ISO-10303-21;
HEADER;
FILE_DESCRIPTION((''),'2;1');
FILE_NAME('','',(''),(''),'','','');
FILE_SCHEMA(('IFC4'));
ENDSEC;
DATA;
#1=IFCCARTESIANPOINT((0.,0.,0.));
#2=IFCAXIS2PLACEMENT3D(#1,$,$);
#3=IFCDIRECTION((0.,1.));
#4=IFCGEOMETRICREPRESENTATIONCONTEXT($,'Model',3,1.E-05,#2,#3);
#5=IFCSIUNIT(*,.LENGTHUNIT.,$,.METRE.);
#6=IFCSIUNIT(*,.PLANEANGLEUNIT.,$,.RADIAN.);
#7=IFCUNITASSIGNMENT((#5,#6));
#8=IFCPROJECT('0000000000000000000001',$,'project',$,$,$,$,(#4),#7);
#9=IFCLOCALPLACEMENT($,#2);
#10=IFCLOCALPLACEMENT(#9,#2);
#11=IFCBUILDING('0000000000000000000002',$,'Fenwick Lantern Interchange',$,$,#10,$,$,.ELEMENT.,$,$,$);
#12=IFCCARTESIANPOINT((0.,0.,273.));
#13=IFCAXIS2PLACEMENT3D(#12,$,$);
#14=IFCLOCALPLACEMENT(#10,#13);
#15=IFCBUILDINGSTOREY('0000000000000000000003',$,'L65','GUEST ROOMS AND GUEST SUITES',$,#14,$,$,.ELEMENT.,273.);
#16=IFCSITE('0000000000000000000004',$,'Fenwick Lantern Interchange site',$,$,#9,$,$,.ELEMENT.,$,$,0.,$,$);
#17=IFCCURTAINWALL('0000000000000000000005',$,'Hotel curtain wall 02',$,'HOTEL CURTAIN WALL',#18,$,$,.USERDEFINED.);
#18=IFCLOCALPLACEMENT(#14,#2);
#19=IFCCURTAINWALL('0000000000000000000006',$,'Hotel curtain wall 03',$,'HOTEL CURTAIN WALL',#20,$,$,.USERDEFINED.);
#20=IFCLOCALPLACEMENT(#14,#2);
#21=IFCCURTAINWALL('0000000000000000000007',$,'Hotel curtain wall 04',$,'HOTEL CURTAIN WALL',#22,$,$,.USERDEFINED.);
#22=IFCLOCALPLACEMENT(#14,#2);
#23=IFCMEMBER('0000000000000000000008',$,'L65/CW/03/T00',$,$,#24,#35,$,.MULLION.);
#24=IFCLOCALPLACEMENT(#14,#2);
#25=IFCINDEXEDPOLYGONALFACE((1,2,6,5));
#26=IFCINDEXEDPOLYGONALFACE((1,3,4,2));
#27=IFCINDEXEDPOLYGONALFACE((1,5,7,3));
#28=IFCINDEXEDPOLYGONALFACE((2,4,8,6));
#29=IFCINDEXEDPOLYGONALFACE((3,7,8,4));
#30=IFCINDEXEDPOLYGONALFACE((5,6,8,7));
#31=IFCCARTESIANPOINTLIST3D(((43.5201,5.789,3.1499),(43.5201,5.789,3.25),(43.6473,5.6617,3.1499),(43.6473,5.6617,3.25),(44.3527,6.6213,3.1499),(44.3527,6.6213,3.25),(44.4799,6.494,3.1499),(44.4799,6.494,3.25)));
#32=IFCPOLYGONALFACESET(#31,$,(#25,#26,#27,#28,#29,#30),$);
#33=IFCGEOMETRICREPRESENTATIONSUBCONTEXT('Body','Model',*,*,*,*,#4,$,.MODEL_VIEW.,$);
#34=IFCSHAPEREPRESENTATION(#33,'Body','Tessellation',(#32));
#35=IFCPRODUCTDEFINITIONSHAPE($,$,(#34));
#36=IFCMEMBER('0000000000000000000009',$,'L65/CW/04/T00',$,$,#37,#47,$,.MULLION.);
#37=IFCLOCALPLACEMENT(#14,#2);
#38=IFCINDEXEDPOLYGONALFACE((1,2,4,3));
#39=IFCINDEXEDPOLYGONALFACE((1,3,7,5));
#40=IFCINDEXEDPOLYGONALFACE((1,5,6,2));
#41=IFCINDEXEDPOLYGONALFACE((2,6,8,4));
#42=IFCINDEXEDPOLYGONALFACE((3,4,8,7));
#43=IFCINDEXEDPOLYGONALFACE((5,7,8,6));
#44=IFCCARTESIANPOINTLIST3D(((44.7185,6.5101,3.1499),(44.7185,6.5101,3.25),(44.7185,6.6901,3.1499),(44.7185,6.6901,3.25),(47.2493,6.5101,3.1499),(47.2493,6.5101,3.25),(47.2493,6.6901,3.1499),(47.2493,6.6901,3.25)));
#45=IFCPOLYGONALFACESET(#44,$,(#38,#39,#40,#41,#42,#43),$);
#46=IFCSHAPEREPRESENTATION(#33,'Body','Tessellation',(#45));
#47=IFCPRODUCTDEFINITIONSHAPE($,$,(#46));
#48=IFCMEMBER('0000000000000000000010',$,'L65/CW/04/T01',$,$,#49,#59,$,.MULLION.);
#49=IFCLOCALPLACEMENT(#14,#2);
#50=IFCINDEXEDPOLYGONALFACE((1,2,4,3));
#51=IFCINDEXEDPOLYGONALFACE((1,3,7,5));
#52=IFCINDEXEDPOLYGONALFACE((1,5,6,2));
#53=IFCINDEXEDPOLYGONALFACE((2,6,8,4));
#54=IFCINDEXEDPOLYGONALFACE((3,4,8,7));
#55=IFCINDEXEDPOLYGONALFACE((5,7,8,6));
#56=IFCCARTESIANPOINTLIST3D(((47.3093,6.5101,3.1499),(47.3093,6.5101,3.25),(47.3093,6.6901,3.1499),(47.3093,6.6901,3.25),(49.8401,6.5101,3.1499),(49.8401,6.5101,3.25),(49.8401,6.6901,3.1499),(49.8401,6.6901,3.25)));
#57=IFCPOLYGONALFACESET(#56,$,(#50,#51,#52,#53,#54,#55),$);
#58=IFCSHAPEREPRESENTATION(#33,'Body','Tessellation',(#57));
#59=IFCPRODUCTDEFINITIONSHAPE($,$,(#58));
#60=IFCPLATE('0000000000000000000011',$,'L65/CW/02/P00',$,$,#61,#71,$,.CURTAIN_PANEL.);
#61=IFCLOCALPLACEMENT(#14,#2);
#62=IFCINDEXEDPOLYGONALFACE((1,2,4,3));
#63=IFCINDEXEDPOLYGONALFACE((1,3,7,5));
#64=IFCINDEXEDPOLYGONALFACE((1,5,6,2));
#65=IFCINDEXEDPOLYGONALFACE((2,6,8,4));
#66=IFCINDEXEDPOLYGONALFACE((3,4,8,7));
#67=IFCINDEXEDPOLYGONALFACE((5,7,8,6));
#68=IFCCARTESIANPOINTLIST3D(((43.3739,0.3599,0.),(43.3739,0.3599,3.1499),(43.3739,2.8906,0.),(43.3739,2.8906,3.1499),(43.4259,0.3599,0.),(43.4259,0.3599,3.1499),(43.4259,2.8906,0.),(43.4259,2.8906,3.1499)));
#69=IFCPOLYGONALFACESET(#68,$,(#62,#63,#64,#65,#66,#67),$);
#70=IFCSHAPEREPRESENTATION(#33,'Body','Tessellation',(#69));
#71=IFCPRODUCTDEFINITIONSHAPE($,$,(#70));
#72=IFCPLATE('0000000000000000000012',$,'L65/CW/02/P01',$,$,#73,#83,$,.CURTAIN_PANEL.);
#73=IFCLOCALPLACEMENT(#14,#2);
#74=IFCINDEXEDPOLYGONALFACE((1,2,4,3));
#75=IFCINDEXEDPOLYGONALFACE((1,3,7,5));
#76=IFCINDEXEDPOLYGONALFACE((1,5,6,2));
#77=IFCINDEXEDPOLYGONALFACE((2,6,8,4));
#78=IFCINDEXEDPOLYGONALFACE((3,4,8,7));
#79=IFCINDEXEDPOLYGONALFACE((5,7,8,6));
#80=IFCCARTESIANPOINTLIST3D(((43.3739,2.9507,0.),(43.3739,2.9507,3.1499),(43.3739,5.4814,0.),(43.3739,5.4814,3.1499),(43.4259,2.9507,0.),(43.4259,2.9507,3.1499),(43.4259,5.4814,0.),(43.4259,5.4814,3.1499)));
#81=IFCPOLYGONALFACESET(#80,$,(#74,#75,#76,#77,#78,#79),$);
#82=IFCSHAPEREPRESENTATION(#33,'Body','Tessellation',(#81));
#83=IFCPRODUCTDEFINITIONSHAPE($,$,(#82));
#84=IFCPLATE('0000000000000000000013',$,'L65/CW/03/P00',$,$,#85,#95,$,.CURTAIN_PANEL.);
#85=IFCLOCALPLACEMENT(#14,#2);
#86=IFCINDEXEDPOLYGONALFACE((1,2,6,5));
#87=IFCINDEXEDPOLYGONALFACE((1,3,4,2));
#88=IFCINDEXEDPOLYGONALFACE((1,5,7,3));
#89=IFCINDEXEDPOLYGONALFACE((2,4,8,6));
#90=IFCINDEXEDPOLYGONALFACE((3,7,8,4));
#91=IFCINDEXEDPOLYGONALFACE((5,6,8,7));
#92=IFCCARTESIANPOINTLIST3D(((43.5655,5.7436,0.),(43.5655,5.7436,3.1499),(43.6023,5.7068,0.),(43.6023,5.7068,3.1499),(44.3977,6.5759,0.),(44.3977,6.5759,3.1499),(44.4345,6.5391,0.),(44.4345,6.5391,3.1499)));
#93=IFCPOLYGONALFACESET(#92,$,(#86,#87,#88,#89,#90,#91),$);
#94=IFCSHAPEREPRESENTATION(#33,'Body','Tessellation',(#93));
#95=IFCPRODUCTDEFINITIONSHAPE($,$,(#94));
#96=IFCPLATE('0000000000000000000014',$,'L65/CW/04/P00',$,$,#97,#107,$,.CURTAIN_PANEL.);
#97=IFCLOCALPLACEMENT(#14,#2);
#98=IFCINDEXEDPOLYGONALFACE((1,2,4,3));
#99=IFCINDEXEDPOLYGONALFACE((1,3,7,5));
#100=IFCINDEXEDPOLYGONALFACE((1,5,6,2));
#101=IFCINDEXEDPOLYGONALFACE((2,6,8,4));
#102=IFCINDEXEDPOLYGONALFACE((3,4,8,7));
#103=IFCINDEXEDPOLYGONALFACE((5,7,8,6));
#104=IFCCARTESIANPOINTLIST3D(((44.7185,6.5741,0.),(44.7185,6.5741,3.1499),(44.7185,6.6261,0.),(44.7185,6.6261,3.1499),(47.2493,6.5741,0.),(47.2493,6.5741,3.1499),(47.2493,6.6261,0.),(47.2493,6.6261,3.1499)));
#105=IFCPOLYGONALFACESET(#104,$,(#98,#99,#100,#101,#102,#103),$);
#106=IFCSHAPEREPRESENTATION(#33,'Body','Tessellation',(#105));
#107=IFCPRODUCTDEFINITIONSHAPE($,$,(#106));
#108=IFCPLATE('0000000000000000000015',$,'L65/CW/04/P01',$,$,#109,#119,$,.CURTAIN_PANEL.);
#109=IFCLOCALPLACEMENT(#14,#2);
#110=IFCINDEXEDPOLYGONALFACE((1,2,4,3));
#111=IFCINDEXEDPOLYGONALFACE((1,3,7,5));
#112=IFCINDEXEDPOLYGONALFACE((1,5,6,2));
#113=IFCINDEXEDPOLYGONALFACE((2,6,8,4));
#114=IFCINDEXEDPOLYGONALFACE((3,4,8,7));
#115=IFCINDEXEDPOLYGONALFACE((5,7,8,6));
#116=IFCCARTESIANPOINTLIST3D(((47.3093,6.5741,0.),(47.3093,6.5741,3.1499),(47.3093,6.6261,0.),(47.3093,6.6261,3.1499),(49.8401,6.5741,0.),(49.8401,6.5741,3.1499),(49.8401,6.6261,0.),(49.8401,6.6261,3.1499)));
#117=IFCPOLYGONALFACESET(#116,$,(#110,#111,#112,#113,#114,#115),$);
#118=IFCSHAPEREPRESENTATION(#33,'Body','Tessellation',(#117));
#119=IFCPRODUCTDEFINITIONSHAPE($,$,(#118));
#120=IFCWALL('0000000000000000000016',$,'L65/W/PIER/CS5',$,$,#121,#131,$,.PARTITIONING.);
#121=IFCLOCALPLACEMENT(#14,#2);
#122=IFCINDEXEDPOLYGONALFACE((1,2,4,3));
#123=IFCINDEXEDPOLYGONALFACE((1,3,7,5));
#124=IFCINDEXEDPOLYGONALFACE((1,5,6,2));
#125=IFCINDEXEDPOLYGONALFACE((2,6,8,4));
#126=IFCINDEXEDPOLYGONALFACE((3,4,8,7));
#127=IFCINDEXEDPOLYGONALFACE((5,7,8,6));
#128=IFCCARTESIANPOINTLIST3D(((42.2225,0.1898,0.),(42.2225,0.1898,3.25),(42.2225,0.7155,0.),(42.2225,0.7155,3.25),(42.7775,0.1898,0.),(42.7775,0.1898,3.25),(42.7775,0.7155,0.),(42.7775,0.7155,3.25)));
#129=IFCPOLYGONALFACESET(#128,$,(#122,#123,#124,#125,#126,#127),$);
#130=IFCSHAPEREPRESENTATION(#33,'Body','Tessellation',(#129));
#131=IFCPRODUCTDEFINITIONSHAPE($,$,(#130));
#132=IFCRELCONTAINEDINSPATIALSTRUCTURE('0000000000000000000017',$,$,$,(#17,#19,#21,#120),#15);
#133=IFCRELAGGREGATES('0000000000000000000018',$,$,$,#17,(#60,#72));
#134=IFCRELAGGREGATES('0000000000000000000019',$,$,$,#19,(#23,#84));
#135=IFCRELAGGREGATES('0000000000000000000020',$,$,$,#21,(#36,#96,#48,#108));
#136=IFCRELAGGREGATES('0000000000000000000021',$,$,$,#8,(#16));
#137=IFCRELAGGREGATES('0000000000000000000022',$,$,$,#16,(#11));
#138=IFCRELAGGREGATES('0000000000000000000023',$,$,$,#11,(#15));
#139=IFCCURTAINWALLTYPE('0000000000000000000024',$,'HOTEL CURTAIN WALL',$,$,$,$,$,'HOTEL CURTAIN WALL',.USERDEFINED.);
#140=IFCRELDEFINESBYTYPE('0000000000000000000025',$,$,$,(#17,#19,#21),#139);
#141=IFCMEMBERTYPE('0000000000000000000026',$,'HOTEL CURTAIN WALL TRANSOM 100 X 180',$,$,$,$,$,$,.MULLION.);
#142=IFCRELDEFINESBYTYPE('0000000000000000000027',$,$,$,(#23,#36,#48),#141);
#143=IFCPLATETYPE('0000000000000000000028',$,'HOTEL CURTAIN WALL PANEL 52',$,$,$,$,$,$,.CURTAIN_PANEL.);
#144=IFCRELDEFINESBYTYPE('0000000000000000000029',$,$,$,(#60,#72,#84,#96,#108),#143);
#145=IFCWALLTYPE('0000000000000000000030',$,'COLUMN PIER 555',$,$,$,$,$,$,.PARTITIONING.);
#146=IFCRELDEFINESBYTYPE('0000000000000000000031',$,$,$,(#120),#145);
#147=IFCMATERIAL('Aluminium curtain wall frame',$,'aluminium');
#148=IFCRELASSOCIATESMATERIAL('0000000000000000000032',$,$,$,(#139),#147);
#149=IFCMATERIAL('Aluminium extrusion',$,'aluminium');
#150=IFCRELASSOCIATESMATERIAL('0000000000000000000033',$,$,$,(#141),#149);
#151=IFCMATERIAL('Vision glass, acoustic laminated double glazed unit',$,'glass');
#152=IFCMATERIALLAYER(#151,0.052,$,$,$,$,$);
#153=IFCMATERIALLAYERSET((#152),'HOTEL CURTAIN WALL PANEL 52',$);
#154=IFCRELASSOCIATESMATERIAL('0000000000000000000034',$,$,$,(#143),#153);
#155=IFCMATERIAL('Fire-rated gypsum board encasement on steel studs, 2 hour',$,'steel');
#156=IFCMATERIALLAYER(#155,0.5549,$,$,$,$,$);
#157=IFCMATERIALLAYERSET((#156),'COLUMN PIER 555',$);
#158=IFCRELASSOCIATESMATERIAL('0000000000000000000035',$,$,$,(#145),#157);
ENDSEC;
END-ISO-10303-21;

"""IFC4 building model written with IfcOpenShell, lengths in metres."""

from ifc_helpers import new_model, si_unit, direction, frame, frame_2d, origin, origin_2d, place, context, subcontext, project, spatial, rectangle, extrude, material, layer, layer_set, material_profile, profile_set, type_object, element, aggregate, save


model = new_model("IFC4")

# Units and contexts
model_context = context("Model", 3, precision=1e-05, world=origin(), true_north=direction((0.0, 1.0)))
body_context = subcontext(model_context, "Body", "Model", "MODEL_VIEW")
ifc_project = project(units=[si_unit("LENGTHUNIT", "METRE"), si_unit("PLANEANGLEUNIT", "RADIAN")], contexts=[model_context])

# Site, building, storey
site_placement = place(None, origin())
site = spatial("IfcSite", under=ifc_project, at=site_placement, Name="Fenwick Lantern Interchange site", CompositionType="ELEMENT", RefElevation=0.0)
building_placement = place(site_placement, origin())
building = spatial("IfcBuilding", under=site, at=building_placement, Name="Fenwick Lantern Interchange", CompositionType="ELEMENT")
storey_placement = place(building_placement, frame((0.0, 0.0, 273.0)))
storey = spatial("IfcBuildingStorey", under=building, at=storey_placement, Name="L65", Description="GUEST ROOMS AND GUEST SUITES", CompositionType="ELEMENT", Elevation=273.0)

# Shared definitions
ifc_material_1 = material(Name="Aluminium curtain wall frame", Category="aluminium")
curtain_wall_type = type_object("IfcCurtainWallType", Name="HOTEL CURTAIN WALL", ElementType="HOTEL CURTAIN WALL", PredefinedType="USERDEFINED", material=ifc_material_1)
ifc_material_2 = material(Name="Aluminium extrusion", Category="aluminium")

# Curtain walls
curtain_wall_1_placement = place(storey_placement, origin())
curtain_wall_1 = element("IfcCurtainWall", 1, at=curtain_wall_1_placement, inside=storey, type_object=curtain_wall_type, Name="Hotel curtain wall 02", ObjectType="HOTEL CURTAIN WALL", PredefinedType="USERDEFINED")
curtain_wall_2_placement = place(storey_placement, origin())
curtain_wall_2 = element("IfcCurtainWall", 2, at=curtain_wall_2_placement, inside=storey, type_object=curtain_wall_type, Name="Hotel curtain wall 03", ObjectType="HOTEL CURTAIN WALL", PredefinedType="USERDEFINED")
curtain_wall_3_placement = place(storey_placement, origin())
curtain_wall_3 = element("IfcCurtainWall", 3, at=curtain_wall_3_placement, inside=storey, type_object=curtain_wall_type, Name="Hotel curtain wall 04", ObjectType="HOTEL CURTAIN WALL", PredefinedType="USERDEFINED")

# Members
ifc_material_profile_1 = material_profile(ifc_material_2, rectangle(XDim=0.1799, YDim=0.1001, at=origin_2d()), Name="HOTEL CURTAIN WALL TRANSOM 100 X 180")
ifc_profile_set_1 = profile_set([ifc_material_profile_1], Name="Aluminium extrusion")
member_type_1 = type_object("IfcMemberType", Name="HOTEL CURTAIN WALL TRANSOM 100 X 180", PredefinedType="MULLION", material=ifc_profile_set_1)
member_1_placement = place(storey_placement, frame((43.5837, 5.7253, 3.2), z_axis=(0.70721, 0.707003, 0.0), x_axis=(-0.707003, 0.70721, 0.0)))
member_1 = element("IfcMember", 4, at=member_1_placement, type_object=member_type_1, Name="L65/CW/03/T00", PredefinedType="MULLION", context=body_context, shape_type="SweptSolid", body=[
    extrude(rectangle(XDim=0.1799, YDim=0.1001, at=origin_2d()), origin(), (0.0, 0.0, 1.0), 1.1772),
])
member_2_placement = place(storey_placement, frame((44.7185, 6.6001, 3.2), z_axis=(1.0, 0.0, 0.0), x_axis=(0.0, 1.0, 0.0)))
member_2 = element("IfcMember", 5, at=member_2_placement, type_object=member_type_1, Name="L65/CW/04/T00", PredefinedType="MULLION", context=body_context, shape_type="SweptSolid", body=[
    extrude(rectangle(XDim=0.1799, YDim=0.1001, at=origin_2d()), origin(), (0.0, 0.0, 1.0), 2.5308),
])
member_3_placement = place(storey_placement, frame((47.3093, 6.6001, 3.2), z_axis=(1.0, 0.0, 0.0), x_axis=(0.0, 1.0, 0.0)))
member_3 = element("IfcMember", 6, at=member_3_placement, type_object=member_type_1, Name="L65/CW/04/T01", PredefinedType="MULLION", context=body_context, shape_type="SweptSolid", body=[
    extrude(rectangle(XDim=0.1799, YDim=0.1001, at=origin_2d()), origin(), (0.0, 0.0, 1.0), 2.5308),
])

# Plates
ifc_material_3 = material(Name="Vision glass, acoustic laminated double glazed unit", Category="glass")
ifc_layer_1 = layer(ifc_material_3, 0.052)
ifc_layer_set_1 = layer_set([ifc_layer_1], Name="HOTEL CURTAIN WALL PANEL 52")
plate_type = type_object("IfcPlateType", Name="HOTEL CURTAIN WALL PANEL 52", PredefinedType="CURTAIN_PANEL", material=ifc_layer_set_1)
plate_1_placement = place(storey_placement, frame((43.3999, 1.6252, 0.0), z_axis=(0.0, 0.0, 1.0), x_axis=(0.0, 1.0, 0.0)))
plate_1 = element("IfcPlate", 7, at=plate_1_placement, type_object=plate_type, Name="L65/CW/02/P00", PredefinedType="CURTAIN_PANEL", context=body_context, shape_type="SweptSolid", body=[
    extrude(rectangle(XDim=2.5308, YDim=0.052, at=origin_2d()), origin(), (0.0, 0.0, 1.0), 3.1499),
])
plate_2_placement = place(storey_placement, frame((43.3999, 4.2161, 0.0), z_axis=(0.0, 0.0, 1.0), x_axis=(0.0, 1.0, 0.0)))
plate_2 = element("IfcPlate", 8, at=plate_2_placement, type_object=plate_type, Name="L65/CW/02/P01", PredefinedType="CURTAIN_PANEL", context=body_context, shape_type="SweptSolid", body=[
    extrude(rectangle(XDim=2.5308, YDim=0.052, at=origin_2d()), origin(), (0.0, 0.0, 1.0), 3.1499),
])
aggregate(curtain_wall_1, [plate_1, plate_2])
plate_3_placement = place(storey_placement, frame((44.0, 6.1414, 0.0), z_axis=(0.0, 0.0, 1.0), x_axis=(0.707107, 0.707107, 0.0)))
plate_3 = element("IfcPlate", 9, at=plate_3_placement, type_object=plate_type, Name="L65/CW/03/P00", PredefinedType="CURTAIN_PANEL", context=body_context, shape_type="SweptSolid", body=[
    extrude(rectangle(XDim=1.177, YDim=0.052, at=origin_2d()), origin(), (0.0, 0.0, 1.0), 3.1499),
])
aggregate(curtain_wall_2, [member_1, plate_3])
plate_4_placement = place(storey_placement, frame((45.9839, 6.6001, 0.0), z_axis=(0.0, 0.0, 1.0), x_axis=(1.0, 0.0, 0.0)))
plate_4 = element("IfcPlate", 10, at=plate_4_placement, type_object=plate_type, Name="L65/CW/04/P00", PredefinedType="CURTAIN_PANEL", context=body_context, shape_type="SweptSolid", body=[
    extrude(rectangle(XDim=2.5308, YDim=0.052, at=origin_2d()), origin(), (0.0, 0.0, 1.0), 3.1499),
])
plate_5_placement = place(storey_placement, frame((48.5747, 6.6001, 0.0), z_axis=(0.0, 0.0, 1.0), x_axis=(1.0, 0.0, 0.0)))
plate_5 = element("IfcPlate", 11, at=plate_5_placement, type_object=plate_type, Name="L65/CW/04/P01", PredefinedType="CURTAIN_PANEL", context=body_context, shape_type="SweptSolid", body=[
    extrude(rectangle(XDim=2.5308, YDim=0.052, at=origin_2d()), origin(), (0.0, 0.0, 1.0), 3.1499),
])
aggregate(curtain_wall_3, [member_2, plate_4, member_3, plate_5])

# Wall
ifc_material_4 = material(Name="Fire-rated gypsum board encasement on steel studs, 2 hour", Category="steel")
ifc_layer_2 = layer(ifc_material_4, 0.5549)
ifc_layer_set_2 = layer_set([ifc_layer_2], Name="COLUMN PIER 555")
wall_type = type_object("IfcWallType", Name="COLUMN PIER 555", PredefinedType="PARTITIONING", material=ifc_layer_set_2)
wall_placement = place(storey_placement, frame((42.5, 0.1899, 0.0), z_axis=(0.0, 0.0, 1.0), x_axis=(0.0, 1.0, 0.0)))
element("IfcWall", 12, at=wall_placement, inside=storey, type_object=wall_type, Name="L65/W/PIER/CS5", PredefinedType="PARTITIONING", context=body_context, shape_type="SweptSolid", body=[
    extrude(rectangle(XDim=0.5256, YDim=0.5549, at=frame_2d((0.2627, 0.0))), origin(), (0.0, 0.0, 1.0), 3.25),
])

save(model, "model.ifc")
